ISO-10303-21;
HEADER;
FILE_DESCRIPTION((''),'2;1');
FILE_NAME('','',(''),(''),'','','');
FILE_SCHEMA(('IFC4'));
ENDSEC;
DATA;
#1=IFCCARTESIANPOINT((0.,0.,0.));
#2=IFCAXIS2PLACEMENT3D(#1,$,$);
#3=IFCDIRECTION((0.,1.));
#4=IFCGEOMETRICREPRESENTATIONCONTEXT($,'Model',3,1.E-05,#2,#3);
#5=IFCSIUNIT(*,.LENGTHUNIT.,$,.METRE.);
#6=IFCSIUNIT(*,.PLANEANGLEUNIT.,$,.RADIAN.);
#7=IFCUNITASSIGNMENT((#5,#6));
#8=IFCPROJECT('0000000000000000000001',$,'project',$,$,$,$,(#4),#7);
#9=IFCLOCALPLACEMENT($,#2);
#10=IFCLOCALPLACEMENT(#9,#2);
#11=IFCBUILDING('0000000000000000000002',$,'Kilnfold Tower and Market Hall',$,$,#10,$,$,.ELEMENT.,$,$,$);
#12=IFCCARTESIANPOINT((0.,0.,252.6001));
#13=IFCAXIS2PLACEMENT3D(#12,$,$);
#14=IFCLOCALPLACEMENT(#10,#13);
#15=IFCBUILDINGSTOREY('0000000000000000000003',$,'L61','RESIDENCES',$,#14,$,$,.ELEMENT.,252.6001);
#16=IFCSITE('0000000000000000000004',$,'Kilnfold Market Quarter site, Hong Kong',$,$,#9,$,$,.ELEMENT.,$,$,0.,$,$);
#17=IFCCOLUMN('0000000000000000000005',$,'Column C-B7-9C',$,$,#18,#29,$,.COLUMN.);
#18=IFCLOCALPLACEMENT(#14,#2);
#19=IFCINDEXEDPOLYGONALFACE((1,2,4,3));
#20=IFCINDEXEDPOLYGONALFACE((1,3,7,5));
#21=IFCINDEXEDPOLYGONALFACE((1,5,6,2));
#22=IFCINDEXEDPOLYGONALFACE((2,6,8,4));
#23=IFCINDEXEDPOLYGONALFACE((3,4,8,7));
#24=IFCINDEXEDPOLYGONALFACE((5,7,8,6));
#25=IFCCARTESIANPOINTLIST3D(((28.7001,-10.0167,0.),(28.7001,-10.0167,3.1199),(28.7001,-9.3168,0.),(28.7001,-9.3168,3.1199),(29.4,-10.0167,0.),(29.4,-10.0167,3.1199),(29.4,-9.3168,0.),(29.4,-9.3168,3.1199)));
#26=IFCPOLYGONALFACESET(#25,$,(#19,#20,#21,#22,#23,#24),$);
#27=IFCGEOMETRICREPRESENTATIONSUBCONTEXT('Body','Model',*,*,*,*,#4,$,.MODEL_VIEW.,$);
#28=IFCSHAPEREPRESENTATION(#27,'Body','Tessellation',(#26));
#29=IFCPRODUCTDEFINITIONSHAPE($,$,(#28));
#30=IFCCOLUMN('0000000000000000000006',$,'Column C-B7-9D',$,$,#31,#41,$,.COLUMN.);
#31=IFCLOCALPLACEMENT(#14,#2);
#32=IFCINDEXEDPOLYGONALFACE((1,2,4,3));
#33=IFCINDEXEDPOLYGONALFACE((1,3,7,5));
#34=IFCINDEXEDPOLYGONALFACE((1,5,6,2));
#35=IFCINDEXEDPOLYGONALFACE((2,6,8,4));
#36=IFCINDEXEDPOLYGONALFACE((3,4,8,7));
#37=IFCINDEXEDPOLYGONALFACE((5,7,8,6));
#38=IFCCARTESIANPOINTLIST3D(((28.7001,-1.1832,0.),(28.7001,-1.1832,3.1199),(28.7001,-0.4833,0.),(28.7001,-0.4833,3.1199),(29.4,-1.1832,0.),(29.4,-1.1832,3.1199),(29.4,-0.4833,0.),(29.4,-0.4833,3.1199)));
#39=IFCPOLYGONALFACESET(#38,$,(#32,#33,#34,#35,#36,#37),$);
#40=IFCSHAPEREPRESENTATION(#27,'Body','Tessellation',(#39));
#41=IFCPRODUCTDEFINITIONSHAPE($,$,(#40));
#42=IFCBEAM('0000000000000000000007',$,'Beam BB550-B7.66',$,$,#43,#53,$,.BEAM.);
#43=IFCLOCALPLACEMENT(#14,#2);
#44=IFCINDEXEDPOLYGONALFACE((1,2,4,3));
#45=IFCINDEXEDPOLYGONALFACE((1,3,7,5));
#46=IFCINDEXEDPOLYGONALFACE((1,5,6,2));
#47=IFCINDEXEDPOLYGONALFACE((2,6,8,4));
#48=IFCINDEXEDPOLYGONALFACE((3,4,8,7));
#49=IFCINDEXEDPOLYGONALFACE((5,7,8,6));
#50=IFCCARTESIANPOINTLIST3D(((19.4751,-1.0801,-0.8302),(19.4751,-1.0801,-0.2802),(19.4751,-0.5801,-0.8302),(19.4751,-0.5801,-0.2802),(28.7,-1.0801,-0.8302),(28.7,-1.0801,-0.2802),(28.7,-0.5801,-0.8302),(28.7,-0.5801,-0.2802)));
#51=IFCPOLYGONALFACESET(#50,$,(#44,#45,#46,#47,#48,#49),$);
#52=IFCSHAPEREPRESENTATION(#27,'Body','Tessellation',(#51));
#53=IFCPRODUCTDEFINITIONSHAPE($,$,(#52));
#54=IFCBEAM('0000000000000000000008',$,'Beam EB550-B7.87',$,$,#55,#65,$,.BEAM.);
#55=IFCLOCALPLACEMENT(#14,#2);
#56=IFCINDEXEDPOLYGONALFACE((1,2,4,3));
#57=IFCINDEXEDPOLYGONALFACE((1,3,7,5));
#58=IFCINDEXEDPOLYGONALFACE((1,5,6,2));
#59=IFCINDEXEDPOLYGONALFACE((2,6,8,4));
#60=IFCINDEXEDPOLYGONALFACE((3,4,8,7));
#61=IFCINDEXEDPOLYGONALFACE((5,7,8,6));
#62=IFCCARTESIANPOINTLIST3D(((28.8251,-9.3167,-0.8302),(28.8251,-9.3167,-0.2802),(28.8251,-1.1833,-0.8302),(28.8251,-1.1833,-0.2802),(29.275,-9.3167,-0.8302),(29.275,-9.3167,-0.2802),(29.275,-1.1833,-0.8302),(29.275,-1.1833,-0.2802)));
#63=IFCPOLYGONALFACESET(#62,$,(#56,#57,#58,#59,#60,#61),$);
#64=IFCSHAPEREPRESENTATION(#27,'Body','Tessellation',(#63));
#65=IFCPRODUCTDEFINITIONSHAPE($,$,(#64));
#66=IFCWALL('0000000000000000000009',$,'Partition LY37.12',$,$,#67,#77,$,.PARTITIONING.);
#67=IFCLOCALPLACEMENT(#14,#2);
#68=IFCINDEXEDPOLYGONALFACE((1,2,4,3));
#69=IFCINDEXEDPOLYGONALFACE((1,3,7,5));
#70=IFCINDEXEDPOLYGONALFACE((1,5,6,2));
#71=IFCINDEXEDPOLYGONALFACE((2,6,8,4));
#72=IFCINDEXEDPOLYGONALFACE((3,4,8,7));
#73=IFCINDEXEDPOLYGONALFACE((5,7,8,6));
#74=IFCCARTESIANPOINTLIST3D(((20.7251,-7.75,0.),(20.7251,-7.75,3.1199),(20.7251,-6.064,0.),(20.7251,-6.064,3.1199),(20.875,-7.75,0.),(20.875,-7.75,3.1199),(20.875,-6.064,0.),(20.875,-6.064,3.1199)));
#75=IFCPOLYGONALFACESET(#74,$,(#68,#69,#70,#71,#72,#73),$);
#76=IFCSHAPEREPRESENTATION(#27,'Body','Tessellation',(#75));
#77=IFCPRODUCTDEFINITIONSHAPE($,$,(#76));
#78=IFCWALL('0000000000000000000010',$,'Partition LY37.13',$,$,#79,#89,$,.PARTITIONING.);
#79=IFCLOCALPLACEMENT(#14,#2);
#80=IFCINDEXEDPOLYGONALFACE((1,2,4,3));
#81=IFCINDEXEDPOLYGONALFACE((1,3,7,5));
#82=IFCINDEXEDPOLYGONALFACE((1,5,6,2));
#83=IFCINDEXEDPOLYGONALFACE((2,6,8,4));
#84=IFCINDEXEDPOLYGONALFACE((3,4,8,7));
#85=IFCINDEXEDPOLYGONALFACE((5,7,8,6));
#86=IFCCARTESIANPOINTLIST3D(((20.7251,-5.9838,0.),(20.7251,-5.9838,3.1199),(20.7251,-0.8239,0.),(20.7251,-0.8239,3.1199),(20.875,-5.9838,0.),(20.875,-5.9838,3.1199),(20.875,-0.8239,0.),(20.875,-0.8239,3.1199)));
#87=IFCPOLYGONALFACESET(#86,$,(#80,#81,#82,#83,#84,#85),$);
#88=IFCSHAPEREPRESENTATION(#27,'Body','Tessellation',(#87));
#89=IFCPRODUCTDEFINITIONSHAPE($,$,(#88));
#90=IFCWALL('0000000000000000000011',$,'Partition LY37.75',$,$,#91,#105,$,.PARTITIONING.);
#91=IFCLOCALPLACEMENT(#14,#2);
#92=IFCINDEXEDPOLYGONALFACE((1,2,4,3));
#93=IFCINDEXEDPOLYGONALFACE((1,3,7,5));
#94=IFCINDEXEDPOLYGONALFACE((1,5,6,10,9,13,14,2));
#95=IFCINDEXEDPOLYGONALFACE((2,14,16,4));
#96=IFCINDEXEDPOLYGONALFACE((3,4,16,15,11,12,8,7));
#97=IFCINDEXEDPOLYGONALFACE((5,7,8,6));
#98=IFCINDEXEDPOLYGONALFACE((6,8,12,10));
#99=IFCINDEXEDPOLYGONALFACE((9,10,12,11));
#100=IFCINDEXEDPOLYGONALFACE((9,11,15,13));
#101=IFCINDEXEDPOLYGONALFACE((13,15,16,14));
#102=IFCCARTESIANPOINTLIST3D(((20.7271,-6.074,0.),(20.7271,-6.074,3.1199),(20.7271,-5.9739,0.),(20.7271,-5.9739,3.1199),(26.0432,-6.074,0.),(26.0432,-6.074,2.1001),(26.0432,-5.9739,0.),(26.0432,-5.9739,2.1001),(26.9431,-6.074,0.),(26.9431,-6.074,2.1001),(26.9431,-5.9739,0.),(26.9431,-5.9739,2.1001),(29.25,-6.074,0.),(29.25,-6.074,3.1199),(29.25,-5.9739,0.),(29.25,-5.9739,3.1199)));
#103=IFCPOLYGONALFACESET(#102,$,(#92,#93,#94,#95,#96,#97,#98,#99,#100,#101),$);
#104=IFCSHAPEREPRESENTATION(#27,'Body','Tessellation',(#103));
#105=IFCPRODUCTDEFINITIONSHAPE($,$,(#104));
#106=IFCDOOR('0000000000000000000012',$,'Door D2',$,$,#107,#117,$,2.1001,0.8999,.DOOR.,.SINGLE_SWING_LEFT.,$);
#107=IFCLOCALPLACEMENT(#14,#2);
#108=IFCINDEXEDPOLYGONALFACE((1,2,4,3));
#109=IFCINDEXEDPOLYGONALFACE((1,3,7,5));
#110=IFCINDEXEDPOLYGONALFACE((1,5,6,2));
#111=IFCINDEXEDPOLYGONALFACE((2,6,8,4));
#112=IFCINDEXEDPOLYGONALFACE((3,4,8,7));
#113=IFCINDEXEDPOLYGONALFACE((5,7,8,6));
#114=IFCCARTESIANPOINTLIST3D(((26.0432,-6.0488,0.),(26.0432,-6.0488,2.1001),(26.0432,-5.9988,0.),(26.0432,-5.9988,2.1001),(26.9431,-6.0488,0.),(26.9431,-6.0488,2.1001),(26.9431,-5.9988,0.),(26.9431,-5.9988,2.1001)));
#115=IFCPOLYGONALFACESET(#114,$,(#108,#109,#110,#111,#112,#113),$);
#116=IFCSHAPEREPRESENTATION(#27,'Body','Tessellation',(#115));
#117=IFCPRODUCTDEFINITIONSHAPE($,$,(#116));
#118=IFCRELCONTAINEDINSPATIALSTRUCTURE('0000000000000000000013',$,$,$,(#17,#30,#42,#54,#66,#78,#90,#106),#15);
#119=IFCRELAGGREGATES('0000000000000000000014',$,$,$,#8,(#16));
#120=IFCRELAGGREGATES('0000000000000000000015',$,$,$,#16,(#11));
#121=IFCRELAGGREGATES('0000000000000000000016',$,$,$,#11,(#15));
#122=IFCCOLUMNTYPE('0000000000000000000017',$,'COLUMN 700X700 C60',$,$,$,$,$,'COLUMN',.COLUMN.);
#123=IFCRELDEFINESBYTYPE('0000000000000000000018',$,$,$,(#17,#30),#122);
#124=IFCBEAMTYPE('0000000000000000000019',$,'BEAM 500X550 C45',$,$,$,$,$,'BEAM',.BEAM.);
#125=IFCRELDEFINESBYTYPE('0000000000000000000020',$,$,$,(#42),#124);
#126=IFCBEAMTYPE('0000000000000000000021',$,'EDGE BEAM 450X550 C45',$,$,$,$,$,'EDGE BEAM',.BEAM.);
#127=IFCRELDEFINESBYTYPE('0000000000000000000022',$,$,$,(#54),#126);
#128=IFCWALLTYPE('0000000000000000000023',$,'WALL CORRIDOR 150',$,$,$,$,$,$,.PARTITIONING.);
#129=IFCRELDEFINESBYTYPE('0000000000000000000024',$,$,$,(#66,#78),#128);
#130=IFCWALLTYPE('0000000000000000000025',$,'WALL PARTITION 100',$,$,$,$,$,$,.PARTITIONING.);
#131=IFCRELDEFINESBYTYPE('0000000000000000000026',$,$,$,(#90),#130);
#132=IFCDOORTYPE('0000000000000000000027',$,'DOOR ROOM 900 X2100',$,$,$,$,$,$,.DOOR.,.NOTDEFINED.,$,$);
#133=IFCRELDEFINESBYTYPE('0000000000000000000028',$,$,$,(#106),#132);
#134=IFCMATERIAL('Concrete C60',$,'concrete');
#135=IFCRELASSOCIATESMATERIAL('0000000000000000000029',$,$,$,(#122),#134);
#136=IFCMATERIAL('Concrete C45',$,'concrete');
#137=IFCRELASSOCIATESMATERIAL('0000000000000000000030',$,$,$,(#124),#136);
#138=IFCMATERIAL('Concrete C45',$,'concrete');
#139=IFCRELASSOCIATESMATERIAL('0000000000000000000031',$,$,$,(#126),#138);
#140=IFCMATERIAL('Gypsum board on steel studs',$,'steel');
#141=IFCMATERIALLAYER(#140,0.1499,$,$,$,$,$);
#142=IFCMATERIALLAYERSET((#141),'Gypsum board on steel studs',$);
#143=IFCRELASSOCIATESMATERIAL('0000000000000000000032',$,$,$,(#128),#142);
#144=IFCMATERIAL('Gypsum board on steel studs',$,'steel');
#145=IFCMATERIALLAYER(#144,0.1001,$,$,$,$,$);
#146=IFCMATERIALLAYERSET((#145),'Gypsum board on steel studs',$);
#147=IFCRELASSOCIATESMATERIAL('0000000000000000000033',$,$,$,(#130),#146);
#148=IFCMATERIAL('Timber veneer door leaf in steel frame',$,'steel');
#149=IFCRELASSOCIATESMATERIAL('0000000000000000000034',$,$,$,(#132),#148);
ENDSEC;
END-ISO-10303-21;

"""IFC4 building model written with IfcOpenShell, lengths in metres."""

from ifc_helpers import new_model, si_unit, direction, frame, frame_2d, origin, origin_2d, place, context, subcontext, project, spatial, rectangle, extrude, source, transform, mapped, material, layer, layer_set, material_profile, profile_set, type_object, element, fill, save


model = new_model("IFC4")

# Units and contexts
model_context = context("Model", 3, precision=1e-05, world=origin(), true_north=direction((0.0, 1.0)))
body_context = subcontext(model_context, "Body", "Model", "MODEL_VIEW")
ifc_project = project(units=[si_unit("LENGTHUNIT", "METRE"), si_unit("PLANEANGLEUNIT", "RADIAN")], contexts=[model_context])

# Site, building, storey
site_placement = place(None, origin())
site = spatial("IfcSite", under=ifc_project, at=site_placement, Name="Kilnfold Market Quarter site, Hong Kong", CompositionType="ELEMENT", RefElevation=0.0)
building_placement = place(site_placement, origin())
building = spatial("IfcBuilding", under=site, at=building_placement, Name="Kilnfold Tower and Market Hall", CompositionType="ELEMENT")
storey_placement = place(building_placement, frame((0.0, 0.0, 252.6001)))
storey = spatial("IfcBuildingStorey", under=building, at=storey_placement, Name="L61", Description="RESIDENCES", CompositionType="ELEMENT", Elevation=252.6001)

# Columns
ifc_material_1 = material(Name="Concrete C60", Category="concrete")
ifc_material_profile_1 = material_profile(ifc_material_1, rectangle(XDim=0.7, YDim=0.7, at=origin_2d()), Name="RC 700x700")
ifc_profile_set_1 = profile_set([ifc_material_profile_1], Name="Concrete C60")
column_type = type_object("IfcColumnType", Name="COLUMN 700X700 C60", ElementType="COLUMN", PredefinedType="COLUMN", material=ifc_profile_set_1)
shared_shape_1 = source(origin(), body_context, "Body", "SweptSolid", [
    extrude(rectangle(XDim=0.7, YDim=0.7, at=origin_2d()), origin(), (0.0, 0.0, 1.0), 3.1199),
])
for number, where, z_axis, x_axis, name in (
    (1, (29.05, -9.6667, 0.0), (0.0, 0.0, 1.0), (1.0, 0.0, 0.0), "Column C-B7-9C"),
    (2, (29.05, -0.8333, 0.0), (0.0, 0.0, 1.0), (1.0, 0.0, 0.0), "Column C-B7-9D"),
):
    element("IfcColumn", number, at=place(storey_placement, frame(where, z_axis=z_axis, x_axis=x_axis)), inside=storey, type_object=column_type, Name=name, PredefinedType="COLUMN", context=body_context, shape_type="MappedRepresentation", body=[
        mapped(shared_shape_1, transform((0.0, 0.0, 0.0))),
    ])

# Beams
ifc_material_2 = material(Name="Concrete C45", Category="concrete")
ifc_material_profile_2 = material_profile(ifc_material_2, rectangle(XDim=0.5, YDim=0.55, at=origin_2d()), Name="RC 500x550")
ifc_profile_set_2 = profile_set([ifc_material_profile_2], Name="Concrete C45")
beam_type_1 = type_object("IfcBeamType", Name="BEAM 500X550 C45", ElementType="BEAM", PredefinedType="BEAM", material=ifc_profile_set_2)
shared_shape_2 = source(origin(), body_context, "Body", "SweptSolid", [
    extrude(rectangle(XDim=0.5, YDim=0.55, at=origin_2d()), origin(), (0.0, 0.0, 1.0), 9.2249),
])
beam_1_placement = place(storey_placement, frame((19.4751, -0.8301, -0.5552), z_axis=(1.0, 0.0, 0.0), x_axis=(0.0, 1.0, 0.0)))
element("IfcBeam", 3, at=beam_1_placement, inside=storey, type_object=beam_type_1, Name="Beam BB550-B7.66", PredefinedType="BEAM", context=body_context, shape_type="MappedRepresentation", body=[
    mapped(shared_shape_2, transform((0.0, 0.0, 0.0))),
])
ifc_material_3 = material(Name="Concrete C45", Category="concrete")
ifc_material_profile_3 = material_profile(ifc_material_3, rectangle(XDim=0.45, YDim=0.55, at=origin_2d()), Name="RC 450x550")
ifc_profile_set_3 = profile_set([ifc_material_profile_3], Name="Concrete C45")
beam_type_2 = type_object("IfcBeamType", Name="EDGE BEAM 450X550 C45", ElementType="EDGE BEAM", PredefinedType="BEAM", material=ifc_profile_set_3)
shared_shape_3 = source(origin(), body_context, "Body", "SweptSolid", [
    extrude(rectangle(XDim=0.45, YDim=0.55, at=origin_2d()), origin(), (0.0, 0.0, 1.0), 8.1333),
])
beam_2_placement = place(storey_placement, frame((29.05, -9.3167, -0.5552), z_axis=(0.0, 1.0, 0.0), x_axis=(-1.0, 0.0, 0.0)))
element("IfcBeam", 4, at=beam_2_placement, inside=storey, type_object=beam_type_2, Name="Beam EB550-B7.87", PredefinedType="BEAM", context=body_context, shape_type="MappedRepresentation", body=[
    mapped(shared_shape_3, transform((0.0, 0.0, 0.0))),
])

# Walls
ifc_material_4 = material(Name="Gypsum board on steel studs", Category="steel")
ifc_layer_1 = layer(ifc_material_4, 0.1499)
ifc_layer_set_1 = layer_set([ifc_layer_1], Name="Gypsum board on steel studs")
wall_type_1 = type_object("IfcWallType", Name="WALL CORRIDOR 150", PredefinedType="PARTITIONING", material=ifc_layer_set_1)
wall_1_placement = place(storey_placement, frame((20.8, -7.75, 0.0), z_axis=(0.0, 0.0, 1.0), x_axis=(0.0, 1.0, 0.0)))
element("IfcWall", 5, at=wall_1_placement, inside=storey, type_object=wall_type_1, Name="Partition LY37.12", PredefinedType="PARTITIONING", context=body_context, shape_type="SweptSolid", body=[
    extrude(rectangle(XDim=1.686, YDim=0.1499, at=frame_2d((0.843, 0.0))), origin(), (0.0, 0.0, 1.0), 3.1199),
])
wall_2_placement = place(storey_placement, frame((20.8, -5.9839, 0.0), z_axis=(0.0, 0.0, 1.0), x_axis=(0.0, 1.0, 0.0)))
element("IfcWall", 6, at=wall_2_placement, inside=storey, type_object=wall_type_1, Name="Partition LY37.13", PredefinedType="PARTITIONING", context=body_context, shape_type="SweptSolid", body=[
    extrude(rectangle(XDim=5.1599, YDim=0.1499, at=frame_2d((2.5801, 0.0))), origin(), (0.0, 0.0, 1.0), 3.1199),
])

# Wall, opening, door
ifc_material_5 = material(Name="Gypsum board on steel studs", Category="steel")
ifc_layer_2 = layer(ifc_material_5, 0.1001)
ifc_layer_set_2 = layer_set([ifc_layer_2], Name="Gypsum board on steel studs")
wall_type_2 = type_object("IfcWallType", Name="WALL PARTITION 100", PredefinedType="PARTITIONING", material=ifc_layer_set_2)
wall_3_placement = place(storey_placement, frame((29.25, -6.0239, 0.0), z_axis=(0.0, 0.0, 1.0), x_axis=(-1.0, 0.0, 0.0)))
wall_3 = element("IfcWall", 7, at=wall_3_placement, inside=storey, type_object=wall_type_2, Name="Partition LY37.75", PredefinedType="PARTITIONING", context=body_context, shape_type="SweptSolid", body=[
    extrude(rectangle(XDim=8.5229, YDim=0.1001, at=frame_2d((4.2615, 0.0))), origin(), (0.0, 0.0, 1.0), 3.1199),
])
opening_1_placement = place(wall_3_placement, frame((2.3069, 0.0, 0.0)))
opening_1 = element("IfcOpeningElement", 8, at=opening_1_placement, cuts=wall_3, PredefinedType="OPENING", context=body_context, shape_type="SweptSolid", body=[
    extrude(rectangle(XDim=0.8999, YDim=2.1001, at=frame_2d((0.45, 1.05))), frame((0.0, 0.0601, 0.0), z_axis=(0.0, -1.0, 0.0), x_axis=(1.0, 0.0, 0.0)), (0.0, 0.0, 1.0), 0.1201),
])
ifc_material_6 = material(Name="Timber veneer door leaf in steel frame", Category="steel")
door_type_1 = type_object("IfcDoorType", Name="DOOR ROOM 900 X2100", OperationType="NOTDEFINED", PredefinedType="DOOR", material=ifc_material_6)
door_1_placement = place(opening_1_placement, origin())
door_1 = element("IfcDoor", 9, at=door_1_placement, inside=storey, type_object=door_type_1, Name="Door D2", OperationType="SINGLE_SWING_LEFT", OverallHeight=2.1001, OverallWidth=0.8999, PredefinedType="DOOR", context=body_context, shape_type="SweptSolid", body=[
    extrude(rectangle(XDim=0.8999, YDim=2.1001, at=frame_2d((0.45, 1.05))), frame((0.0, 0.0249, 0.0), z_axis=(0.0, -1.0, 0.0), x_axis=(1.0, 0.0, 0.0)), (0.0, 0.0, 1.0), 0.05),
])
fill(opening_1, door_1)

save(model, "model.ifc")
